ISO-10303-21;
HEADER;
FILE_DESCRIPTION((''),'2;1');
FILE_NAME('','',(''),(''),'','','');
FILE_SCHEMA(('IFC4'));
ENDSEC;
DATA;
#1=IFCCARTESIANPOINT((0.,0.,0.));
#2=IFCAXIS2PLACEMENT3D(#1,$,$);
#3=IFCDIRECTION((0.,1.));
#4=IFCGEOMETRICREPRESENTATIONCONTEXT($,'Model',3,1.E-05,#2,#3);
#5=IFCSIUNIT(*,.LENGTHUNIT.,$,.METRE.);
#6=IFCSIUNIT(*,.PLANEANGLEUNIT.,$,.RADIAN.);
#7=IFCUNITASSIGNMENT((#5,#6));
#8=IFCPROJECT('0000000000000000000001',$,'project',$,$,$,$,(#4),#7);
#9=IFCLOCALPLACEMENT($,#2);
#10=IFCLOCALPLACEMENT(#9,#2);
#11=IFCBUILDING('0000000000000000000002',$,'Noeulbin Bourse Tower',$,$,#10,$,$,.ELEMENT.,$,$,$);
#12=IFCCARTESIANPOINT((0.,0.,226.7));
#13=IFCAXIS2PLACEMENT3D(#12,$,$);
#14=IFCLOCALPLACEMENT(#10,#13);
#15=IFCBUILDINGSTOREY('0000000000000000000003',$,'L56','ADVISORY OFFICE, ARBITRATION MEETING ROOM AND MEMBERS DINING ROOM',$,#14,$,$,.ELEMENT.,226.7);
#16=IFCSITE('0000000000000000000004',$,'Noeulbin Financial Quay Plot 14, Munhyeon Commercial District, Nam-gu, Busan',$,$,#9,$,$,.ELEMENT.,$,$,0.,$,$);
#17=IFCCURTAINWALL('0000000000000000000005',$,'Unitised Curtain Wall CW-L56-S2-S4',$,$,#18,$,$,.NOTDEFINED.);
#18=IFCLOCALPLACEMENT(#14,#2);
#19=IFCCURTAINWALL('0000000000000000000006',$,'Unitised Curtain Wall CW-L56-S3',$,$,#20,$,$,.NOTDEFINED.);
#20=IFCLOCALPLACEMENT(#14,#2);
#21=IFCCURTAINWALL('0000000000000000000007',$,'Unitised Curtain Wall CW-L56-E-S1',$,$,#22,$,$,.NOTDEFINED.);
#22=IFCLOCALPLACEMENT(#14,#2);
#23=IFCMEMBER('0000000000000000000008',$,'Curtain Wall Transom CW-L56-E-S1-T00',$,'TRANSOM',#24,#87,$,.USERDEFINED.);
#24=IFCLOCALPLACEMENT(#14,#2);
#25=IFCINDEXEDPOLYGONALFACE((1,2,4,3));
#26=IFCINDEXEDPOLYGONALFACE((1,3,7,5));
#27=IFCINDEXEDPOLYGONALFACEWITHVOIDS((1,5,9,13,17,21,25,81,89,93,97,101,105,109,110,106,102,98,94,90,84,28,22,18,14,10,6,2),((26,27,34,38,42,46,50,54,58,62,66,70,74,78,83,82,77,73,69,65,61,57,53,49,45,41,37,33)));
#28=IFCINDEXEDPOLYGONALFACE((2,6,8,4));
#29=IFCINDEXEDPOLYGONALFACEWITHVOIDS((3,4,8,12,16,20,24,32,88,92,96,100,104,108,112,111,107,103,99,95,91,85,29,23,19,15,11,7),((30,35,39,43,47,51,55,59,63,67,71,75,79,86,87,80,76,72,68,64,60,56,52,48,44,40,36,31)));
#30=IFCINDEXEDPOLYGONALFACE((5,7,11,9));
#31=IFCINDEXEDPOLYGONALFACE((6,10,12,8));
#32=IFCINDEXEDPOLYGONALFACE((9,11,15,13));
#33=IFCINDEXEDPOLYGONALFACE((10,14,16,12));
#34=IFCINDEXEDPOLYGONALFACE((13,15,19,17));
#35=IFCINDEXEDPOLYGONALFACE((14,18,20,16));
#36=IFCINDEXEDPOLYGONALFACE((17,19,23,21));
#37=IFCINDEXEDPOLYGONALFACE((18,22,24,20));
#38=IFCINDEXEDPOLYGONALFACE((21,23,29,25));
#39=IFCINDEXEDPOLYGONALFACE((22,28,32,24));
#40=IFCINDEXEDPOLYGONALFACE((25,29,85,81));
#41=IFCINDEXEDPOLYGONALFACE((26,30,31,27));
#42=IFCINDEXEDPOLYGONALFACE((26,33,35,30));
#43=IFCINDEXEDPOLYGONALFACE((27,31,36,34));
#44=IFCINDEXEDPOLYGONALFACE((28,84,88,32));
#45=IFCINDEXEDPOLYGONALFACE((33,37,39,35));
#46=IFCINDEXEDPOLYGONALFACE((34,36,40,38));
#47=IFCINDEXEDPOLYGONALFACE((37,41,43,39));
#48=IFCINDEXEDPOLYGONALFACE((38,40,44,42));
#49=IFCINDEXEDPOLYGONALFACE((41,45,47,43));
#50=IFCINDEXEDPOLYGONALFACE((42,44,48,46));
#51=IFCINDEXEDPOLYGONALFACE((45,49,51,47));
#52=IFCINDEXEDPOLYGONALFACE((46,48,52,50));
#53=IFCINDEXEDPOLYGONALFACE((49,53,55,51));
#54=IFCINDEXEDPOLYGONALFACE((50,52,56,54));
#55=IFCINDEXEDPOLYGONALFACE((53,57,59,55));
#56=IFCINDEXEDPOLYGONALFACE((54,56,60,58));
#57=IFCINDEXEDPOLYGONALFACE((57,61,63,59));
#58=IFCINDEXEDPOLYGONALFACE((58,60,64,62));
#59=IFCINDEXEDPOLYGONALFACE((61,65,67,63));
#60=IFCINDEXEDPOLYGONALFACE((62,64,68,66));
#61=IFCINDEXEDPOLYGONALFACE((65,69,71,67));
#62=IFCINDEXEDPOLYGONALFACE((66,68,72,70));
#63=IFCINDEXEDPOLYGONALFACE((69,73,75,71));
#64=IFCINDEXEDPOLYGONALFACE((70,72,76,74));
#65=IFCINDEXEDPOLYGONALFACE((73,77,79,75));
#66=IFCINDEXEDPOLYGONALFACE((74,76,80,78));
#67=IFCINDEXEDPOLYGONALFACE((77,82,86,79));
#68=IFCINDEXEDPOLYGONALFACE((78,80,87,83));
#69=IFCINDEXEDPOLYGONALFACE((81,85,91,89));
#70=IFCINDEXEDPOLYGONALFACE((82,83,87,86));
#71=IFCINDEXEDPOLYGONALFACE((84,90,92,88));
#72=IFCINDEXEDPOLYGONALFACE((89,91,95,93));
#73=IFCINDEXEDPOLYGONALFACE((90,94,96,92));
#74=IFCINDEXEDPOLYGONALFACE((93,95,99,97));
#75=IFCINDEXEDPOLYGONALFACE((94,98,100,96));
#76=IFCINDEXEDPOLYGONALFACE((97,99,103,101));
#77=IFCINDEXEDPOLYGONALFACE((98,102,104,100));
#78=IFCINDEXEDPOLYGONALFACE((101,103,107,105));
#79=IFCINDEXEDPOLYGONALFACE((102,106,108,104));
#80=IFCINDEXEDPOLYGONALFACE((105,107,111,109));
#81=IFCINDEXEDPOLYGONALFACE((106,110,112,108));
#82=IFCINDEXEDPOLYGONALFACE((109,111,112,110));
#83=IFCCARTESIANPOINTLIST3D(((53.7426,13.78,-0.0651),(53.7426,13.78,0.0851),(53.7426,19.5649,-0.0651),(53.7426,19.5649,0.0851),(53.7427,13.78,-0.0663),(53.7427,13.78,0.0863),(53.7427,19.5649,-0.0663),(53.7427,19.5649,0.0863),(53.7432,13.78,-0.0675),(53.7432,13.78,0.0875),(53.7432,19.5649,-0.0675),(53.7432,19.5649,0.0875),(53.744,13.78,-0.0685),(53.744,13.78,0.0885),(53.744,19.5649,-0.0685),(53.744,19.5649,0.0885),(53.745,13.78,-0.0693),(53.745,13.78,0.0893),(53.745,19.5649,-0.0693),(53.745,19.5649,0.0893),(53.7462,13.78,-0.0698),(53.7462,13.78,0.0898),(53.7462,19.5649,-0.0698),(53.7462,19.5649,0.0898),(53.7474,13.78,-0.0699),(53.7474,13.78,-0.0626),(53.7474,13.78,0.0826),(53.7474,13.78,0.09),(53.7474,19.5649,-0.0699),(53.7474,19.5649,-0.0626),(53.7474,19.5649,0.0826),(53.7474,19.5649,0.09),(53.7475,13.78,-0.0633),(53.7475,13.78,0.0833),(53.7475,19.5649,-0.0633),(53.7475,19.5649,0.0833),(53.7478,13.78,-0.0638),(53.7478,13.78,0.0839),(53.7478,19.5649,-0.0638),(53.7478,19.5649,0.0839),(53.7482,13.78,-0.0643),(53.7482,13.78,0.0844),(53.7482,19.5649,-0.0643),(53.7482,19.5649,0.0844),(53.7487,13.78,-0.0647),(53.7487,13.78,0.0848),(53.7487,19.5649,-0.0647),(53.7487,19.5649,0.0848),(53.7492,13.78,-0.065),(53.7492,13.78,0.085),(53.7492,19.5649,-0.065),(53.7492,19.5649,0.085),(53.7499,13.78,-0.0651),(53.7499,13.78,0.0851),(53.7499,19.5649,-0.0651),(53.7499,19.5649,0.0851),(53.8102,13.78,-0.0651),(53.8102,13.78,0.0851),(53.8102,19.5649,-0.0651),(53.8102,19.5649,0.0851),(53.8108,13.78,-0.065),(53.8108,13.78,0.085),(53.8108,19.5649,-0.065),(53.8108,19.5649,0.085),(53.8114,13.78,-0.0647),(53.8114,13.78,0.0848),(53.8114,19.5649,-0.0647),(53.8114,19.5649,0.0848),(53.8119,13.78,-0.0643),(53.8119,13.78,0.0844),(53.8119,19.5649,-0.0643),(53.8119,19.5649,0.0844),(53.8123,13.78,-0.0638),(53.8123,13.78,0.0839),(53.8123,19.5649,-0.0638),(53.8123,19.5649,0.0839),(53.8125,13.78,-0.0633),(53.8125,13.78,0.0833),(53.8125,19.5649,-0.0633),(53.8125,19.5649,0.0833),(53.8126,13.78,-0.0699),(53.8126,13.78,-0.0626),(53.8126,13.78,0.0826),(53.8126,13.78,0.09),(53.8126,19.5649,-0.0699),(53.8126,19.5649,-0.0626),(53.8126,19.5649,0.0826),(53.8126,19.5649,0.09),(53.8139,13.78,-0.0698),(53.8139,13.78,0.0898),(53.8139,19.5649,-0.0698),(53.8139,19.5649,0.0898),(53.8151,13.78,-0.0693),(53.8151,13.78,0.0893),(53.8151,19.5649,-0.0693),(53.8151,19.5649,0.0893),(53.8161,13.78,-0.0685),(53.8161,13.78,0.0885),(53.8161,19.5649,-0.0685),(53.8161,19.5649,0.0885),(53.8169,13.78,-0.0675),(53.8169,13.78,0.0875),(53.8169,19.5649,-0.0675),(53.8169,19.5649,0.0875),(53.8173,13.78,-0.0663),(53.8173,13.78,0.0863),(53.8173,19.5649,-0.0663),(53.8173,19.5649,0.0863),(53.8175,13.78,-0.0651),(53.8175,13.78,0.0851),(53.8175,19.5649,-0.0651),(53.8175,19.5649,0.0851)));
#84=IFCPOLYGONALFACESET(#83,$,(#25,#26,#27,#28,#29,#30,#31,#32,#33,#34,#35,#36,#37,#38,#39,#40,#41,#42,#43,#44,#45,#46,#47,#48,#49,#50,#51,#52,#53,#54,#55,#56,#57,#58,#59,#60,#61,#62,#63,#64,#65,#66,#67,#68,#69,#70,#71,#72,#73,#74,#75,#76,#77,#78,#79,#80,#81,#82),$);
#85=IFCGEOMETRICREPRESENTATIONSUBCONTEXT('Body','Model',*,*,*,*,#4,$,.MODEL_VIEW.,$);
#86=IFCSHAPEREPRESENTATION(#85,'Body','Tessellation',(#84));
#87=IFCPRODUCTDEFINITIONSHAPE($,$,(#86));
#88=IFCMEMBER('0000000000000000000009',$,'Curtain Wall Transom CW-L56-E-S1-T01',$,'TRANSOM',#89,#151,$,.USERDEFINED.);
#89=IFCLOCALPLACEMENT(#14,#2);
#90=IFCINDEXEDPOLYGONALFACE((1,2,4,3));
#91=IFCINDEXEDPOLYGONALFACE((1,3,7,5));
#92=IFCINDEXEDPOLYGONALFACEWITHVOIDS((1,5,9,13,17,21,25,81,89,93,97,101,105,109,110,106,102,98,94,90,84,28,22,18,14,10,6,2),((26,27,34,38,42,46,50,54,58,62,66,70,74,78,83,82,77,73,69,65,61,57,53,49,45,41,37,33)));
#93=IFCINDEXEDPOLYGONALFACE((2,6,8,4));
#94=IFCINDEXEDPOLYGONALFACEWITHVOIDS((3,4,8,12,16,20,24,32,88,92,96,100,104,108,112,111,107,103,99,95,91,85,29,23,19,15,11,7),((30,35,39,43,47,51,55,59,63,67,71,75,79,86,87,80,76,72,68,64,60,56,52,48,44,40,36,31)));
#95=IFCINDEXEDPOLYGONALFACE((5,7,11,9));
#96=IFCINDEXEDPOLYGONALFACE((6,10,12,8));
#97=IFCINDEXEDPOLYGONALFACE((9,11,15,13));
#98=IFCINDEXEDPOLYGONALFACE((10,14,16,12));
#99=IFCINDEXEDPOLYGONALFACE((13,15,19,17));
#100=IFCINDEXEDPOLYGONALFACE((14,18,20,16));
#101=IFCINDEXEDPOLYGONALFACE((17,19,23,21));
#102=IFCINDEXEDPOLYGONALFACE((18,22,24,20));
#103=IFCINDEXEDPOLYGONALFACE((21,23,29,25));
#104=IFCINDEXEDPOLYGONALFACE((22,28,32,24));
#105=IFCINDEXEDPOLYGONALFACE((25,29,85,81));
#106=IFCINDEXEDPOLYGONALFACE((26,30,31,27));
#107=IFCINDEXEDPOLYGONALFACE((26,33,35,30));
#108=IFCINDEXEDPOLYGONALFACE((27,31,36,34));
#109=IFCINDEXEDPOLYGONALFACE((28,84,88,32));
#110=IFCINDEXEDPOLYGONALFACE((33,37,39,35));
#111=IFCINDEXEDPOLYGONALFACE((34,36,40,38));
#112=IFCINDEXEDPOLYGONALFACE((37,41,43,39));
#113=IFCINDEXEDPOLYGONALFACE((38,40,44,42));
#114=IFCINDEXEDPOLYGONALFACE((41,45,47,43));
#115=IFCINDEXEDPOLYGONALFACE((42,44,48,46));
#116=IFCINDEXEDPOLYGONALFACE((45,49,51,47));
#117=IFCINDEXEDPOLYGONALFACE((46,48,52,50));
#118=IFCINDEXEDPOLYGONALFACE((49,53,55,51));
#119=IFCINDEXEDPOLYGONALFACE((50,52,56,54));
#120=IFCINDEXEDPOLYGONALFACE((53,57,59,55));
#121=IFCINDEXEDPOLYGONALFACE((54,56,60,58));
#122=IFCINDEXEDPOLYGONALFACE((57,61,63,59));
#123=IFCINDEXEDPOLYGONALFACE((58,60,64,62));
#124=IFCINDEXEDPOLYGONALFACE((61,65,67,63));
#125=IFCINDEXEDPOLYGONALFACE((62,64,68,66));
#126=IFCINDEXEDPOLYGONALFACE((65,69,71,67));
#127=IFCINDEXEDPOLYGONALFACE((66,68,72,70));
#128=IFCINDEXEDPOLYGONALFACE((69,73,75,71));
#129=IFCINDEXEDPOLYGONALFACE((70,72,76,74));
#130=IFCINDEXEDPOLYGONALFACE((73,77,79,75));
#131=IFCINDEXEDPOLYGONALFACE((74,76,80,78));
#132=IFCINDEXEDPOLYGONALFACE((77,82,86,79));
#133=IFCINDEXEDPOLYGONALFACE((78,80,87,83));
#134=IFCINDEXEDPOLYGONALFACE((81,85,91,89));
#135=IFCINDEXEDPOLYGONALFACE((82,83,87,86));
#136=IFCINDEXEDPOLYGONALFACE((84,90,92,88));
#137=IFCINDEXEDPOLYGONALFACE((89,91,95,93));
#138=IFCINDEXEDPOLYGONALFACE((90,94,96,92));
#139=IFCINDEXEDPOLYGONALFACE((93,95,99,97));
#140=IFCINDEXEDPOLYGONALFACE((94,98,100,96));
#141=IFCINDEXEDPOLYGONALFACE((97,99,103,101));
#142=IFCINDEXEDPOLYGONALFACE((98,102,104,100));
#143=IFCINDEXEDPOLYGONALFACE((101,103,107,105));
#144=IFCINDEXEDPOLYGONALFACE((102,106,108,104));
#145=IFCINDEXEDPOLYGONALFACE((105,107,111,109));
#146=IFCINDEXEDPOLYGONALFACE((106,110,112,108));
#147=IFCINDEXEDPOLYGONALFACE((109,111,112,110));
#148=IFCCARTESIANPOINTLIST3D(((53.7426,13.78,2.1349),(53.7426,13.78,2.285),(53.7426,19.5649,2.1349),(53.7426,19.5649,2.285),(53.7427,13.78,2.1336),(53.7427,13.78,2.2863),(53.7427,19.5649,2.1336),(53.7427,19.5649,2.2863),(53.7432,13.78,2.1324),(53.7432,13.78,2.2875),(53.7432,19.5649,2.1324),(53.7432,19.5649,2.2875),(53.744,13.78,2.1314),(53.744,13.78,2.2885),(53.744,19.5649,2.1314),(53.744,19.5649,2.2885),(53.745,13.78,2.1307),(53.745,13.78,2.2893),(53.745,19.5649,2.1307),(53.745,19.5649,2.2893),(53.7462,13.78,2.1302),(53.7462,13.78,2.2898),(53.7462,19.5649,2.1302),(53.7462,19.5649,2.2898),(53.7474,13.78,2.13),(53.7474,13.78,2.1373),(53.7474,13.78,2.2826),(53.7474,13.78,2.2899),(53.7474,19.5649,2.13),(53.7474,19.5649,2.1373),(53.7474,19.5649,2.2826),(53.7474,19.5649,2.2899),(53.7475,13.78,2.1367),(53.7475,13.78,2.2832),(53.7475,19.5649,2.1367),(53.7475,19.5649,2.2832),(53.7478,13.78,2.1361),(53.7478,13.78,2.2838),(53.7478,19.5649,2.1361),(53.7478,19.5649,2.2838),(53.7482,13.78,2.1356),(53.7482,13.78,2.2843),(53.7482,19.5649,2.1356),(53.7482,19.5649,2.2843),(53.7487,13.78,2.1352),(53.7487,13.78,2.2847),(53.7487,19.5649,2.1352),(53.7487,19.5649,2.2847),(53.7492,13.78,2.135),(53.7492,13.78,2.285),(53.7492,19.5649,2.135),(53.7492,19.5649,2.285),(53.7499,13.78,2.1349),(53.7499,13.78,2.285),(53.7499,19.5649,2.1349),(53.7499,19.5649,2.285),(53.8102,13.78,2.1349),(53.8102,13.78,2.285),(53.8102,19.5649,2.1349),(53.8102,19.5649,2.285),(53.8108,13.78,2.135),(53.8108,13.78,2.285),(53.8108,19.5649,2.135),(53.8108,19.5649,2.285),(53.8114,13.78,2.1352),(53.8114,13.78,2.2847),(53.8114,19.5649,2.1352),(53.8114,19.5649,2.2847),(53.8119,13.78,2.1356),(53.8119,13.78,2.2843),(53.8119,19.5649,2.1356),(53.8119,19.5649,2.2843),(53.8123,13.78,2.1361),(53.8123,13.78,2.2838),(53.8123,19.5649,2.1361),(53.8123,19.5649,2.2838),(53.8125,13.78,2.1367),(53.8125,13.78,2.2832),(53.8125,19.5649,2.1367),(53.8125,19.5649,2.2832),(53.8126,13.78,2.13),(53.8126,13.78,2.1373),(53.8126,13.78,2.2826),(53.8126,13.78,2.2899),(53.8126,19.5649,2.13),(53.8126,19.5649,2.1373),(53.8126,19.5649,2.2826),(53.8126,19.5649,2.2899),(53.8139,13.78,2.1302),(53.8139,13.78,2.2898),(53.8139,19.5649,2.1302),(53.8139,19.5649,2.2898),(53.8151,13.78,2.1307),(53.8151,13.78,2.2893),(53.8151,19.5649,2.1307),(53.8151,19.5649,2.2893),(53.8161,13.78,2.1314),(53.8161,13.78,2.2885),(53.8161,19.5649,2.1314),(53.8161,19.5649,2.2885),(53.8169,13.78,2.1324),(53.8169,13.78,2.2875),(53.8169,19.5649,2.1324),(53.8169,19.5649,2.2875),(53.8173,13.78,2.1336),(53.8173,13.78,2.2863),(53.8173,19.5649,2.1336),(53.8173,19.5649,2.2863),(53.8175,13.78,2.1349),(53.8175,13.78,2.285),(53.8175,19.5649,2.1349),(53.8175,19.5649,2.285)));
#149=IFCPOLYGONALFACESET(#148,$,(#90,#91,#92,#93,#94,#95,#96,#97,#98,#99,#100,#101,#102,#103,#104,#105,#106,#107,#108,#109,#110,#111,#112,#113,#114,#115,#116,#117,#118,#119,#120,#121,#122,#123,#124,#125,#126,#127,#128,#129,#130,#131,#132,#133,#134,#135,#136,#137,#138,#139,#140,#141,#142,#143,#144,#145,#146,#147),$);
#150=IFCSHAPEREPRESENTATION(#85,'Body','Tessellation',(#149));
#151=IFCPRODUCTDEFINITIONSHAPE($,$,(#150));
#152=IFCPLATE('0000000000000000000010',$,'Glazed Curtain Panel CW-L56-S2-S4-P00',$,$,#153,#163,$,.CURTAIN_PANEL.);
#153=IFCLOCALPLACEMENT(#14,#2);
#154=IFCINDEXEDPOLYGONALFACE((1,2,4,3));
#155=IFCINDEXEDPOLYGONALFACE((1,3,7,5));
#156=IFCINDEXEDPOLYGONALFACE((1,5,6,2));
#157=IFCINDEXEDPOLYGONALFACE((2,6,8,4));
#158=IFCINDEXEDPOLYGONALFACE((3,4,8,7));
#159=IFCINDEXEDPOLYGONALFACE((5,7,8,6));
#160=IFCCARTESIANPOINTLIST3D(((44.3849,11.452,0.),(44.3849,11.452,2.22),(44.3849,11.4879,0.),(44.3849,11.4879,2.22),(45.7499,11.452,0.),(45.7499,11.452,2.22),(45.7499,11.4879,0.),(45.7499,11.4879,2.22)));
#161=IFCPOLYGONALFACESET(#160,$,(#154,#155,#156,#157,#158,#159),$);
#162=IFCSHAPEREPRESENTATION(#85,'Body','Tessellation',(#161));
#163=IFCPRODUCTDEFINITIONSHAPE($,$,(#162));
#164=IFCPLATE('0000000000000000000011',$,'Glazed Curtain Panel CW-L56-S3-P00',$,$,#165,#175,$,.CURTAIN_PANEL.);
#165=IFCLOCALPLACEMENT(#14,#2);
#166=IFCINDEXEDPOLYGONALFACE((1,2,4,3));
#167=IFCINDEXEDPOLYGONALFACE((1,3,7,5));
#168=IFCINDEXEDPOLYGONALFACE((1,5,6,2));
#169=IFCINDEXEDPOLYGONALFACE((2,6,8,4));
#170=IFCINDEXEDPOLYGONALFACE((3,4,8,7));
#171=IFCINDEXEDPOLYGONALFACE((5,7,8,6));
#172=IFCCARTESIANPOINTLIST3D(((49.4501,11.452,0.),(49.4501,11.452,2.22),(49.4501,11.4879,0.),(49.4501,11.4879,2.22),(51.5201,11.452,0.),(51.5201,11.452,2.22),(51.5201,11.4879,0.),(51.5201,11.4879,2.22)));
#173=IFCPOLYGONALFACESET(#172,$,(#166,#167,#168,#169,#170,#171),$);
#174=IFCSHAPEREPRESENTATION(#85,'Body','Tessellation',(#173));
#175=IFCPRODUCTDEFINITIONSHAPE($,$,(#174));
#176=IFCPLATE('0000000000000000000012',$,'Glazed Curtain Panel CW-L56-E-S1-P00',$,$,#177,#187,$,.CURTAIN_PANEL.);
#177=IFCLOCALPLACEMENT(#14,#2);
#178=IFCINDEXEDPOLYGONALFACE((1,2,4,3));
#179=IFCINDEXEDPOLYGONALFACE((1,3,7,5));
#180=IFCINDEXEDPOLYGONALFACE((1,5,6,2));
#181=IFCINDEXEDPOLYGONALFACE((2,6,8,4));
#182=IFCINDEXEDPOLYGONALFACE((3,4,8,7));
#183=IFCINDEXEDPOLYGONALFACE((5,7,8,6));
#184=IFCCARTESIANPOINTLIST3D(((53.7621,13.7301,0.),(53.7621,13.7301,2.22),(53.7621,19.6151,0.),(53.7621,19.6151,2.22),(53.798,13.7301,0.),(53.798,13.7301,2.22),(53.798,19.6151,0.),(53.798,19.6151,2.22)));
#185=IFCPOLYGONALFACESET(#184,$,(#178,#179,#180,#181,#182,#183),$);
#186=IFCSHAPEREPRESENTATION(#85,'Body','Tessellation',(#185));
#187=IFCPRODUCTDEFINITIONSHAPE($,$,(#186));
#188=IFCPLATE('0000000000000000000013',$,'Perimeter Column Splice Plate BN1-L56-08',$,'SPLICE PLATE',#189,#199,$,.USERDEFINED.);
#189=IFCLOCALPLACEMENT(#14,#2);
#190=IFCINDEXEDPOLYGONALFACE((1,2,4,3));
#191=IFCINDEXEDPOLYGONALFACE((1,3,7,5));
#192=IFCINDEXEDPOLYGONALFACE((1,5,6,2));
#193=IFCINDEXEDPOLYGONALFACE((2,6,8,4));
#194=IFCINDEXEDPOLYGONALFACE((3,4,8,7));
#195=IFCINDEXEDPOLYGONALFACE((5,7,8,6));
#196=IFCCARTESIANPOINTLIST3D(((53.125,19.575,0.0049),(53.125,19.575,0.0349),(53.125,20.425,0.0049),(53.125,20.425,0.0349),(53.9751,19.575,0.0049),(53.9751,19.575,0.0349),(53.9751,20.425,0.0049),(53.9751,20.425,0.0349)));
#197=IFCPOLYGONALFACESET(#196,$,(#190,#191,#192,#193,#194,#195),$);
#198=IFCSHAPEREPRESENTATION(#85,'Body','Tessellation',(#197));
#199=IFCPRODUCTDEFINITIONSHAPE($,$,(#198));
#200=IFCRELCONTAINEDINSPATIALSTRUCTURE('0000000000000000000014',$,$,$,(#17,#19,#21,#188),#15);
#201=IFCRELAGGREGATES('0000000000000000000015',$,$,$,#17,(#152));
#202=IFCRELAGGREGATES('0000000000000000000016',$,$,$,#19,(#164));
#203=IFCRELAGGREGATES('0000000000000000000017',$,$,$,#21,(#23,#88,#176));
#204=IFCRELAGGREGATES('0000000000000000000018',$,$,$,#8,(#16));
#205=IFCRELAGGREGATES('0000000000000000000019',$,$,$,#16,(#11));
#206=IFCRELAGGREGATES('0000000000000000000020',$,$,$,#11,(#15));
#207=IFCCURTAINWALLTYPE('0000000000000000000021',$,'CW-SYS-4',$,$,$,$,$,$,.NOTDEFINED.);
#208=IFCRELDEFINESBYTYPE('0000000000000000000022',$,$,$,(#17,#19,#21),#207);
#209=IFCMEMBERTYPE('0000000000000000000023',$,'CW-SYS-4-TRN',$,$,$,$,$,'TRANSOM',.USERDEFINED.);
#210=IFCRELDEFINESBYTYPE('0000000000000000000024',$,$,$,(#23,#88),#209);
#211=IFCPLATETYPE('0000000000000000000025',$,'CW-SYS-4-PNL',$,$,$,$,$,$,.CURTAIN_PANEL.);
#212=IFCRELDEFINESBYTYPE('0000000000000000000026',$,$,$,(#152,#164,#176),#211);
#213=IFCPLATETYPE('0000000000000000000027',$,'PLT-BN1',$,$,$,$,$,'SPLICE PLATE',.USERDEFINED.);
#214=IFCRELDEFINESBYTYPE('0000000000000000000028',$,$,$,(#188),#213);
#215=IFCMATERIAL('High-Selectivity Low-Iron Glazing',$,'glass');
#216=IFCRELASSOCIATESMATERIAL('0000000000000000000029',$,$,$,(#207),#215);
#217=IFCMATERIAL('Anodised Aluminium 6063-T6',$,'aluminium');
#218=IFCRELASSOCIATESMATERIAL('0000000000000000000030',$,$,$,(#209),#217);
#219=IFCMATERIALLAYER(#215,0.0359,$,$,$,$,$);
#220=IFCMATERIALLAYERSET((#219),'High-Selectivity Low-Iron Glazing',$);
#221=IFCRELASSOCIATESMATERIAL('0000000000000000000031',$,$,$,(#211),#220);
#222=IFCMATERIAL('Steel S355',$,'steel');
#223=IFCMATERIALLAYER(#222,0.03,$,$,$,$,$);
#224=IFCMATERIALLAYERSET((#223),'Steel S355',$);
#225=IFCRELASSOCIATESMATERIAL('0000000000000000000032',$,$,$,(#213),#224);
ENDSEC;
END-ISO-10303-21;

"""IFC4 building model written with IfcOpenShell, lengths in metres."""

from ifc_helpers import new_model, si_unit, direction, frame, origin, origin_2d, place, context, subcontext, project, spatial, rectangle, hollow_rectangle, extrude, material, layer, layer_set, material_profile, profile_set, type_object, element, aggregate, save


model = new_model("IFC4")

# Units and contexts
model_context = context("Model", 3, precision=1e-05, world=origin(), true_north=direction((0.0, 1.0)))
body_context = subcontext(model_context, "Body", "Model", "MODEL_VIEW")
ifc_project = project(units=[si_unit("LENGTHUNIT", "METRE"), si_unit("PLANEANGLEUNIT", "RADIAN")], contexts=[model_context])

# Site, building, storey
site_placement = place(None, origin())
site = spatial("IfcSite", under=ifc_project, at=site_placement, Name="Noeulbin Financial Quay Plot 14, Munhyeon Commercial District, Nam-gu, Busan", CompositionType="ELEMENT", RefElevation=0.0)
building_placement = place(site_placement, origin())
building = spatial("IfcBuilding", under=site, at=building_placement, Name="Noeulbin Bourse Tower", CompositionType="ELEMENT")
storey_placement = place(building_placement, frame((0.0, 0.0, 226.7)))
storey = spatial("IfcBuildingStorey", under=building, at=storey_placement, Name="L56", Description="ADVISORY OFFICE, ARBITRATION MEETING ROOM AND MEMBERS DINING ROOM", CompositionType="ELEMENT", Elevation=226.7)

# Shared definitions
ifc_material_1 = material(Name="Steel S355", Category="steel")

# Curtain wall
ifc_material_2 = material(Name="High-Selectivity Low-Iron Glazing", Category="glass")
curtain_wall_type = type_object("IfcCurtainWallType", Name="CW-SYS-4", PredefinedType="NOTDEFINED", material=ifc_material_2)
curtain_wall_1_placement = place(storey_placement, origin())
curtain_wall_1 = element("IfcCurtainWall", 1, at=curtain_wall_1_placement, inside=storey, type_object=curtain_wall_type, Name="Unitised Curtain Wall CW-L56-S2-S4", PredefinedType="NOTDEFINED")
ifc_material_3 = material(Name="Anodised Aluminium 6063-T6", Category="aluminium")

# Curtain walls
curtain_wall_2_placement = place(storey_placement, origin())
curtain_wall_2 = element("IfcCurtainWall", 2, at=curtain_wall_2_placement, inside=storey, type_object=curtain_wall_type, Name="Unitised Curtain Wall CW-L56-S3", PredefinedType="NOTDEFINED")
curtain_wall_3_placement = place(storey_placement, origin())
curtain_wall_3 = element("IfcCurtainWall", 3, at=curtain_wall_3_placement, inside=storey, type_object=curtain_wall_type, Name="Unitised Curtain Wall CW-L56-E-S1", PredefinedType="NOTDEFINED")

# Members
ifc_material_profile_1 = material_profile(ifc_material_3, hollow_rectangle(XDim=0.075, YDim=0.1599, WallThickness=0.0049, InnerFilletRadius=0.0024, OuterFilletRadius=0.0049, at=origin_2d()), Name="ALU-TRAN-75x160x5", Category="LoadBearing")
ifc_profile_set_1 = profile_set([ifc_material_profile_1], Name="Anodised Aluminium 6063-T6")
member_type_1 = type_object("IfcMemberType", Name="CW-SYS-4-TRN", ElementType="TRANSOM", PredefinedType="USERDEFINED", material=ifc_profile_set_1)
member_1_placement = place(storey_placement, frame((53.78, 13.78, 0.01), z_axis=(0.0, 1.0, 0.0), x_axis=(-1.0, 0.0, 0.0)))
member_1 = element("IfcMember", 4, at=member_1_placement, type_object=member_type_1, Name="Curtain Wall Transom CW-L56-E-S1-T00", ObjectType="TRANSOM", PredefinedType="USERDEFINED", context=body_context, shape_type="SweptSolid", body=[
    extrude(hollow_rectangle(XDim=0.075, YDim=0.1599, WallThickness=0.0049, InnerFilletRadius=0.0024, OuterFilletRadius=0.0049, at=origin_2d()), origin(), (0.0, 0.0, 1.0), 5.7849),
])
member_2_placement = place(storey_placement, frame((53.78, 13.78, 2.21), z_axis=(0.0, 1.0, 0.0), x_axis=(-1.0, 0.0, 0.0)))
member_2 = element("IfcMember", 5, at=member_2_placement, type_object=member_type_1, Name="Curtain Wall Transom CW-L56-E-S1-T01", ObjectType="TRANSOM", PredefinedType="USERDEFINED", context=body_context, shape_type="SweptSolid", body=[
    extrude(hollow_rectangle(XDim=0.075, YDim=0.1599, WallThickness=0.0049, InnerFilletRadius=0.0024, OuterFilletRadius=0.0049, at=origin_2d()), origin(), (0.0, 0.0, 1.0), 5.7849),
])

# Plates
ifc_layer_1 = layer(ifc_material_2, 0.0359)
ifc_layer_set_1 = layer_set([ifc_layer_1], Name="High-Selectivity Low-Iron Glazing")
plate_type_1 = type_object("IfcPlateType", Name="CW-SYS-4-PNL", PredefinedType="CURTAIN_PANEL", material=ifc_layer_set_1)
plate_1_placement = place(storey_placement, frame((45.0674, 11.47, 0.0), z_axis=(0.0, 0.0, 1.0), x_axis=(1.0, 0.0, 0.0)))
plate_1 = element("IfcPlate", 6, at=plate_1_placement, type_object=plate_type_1, Name="Glazed Curtain Panel CW-L56-S2-S4-P00", PredefinedType="CURTAIN_PANEL", context=body_context, shape_type="SweptSolid", body=[
    extrude(rectangle(XDim=1.365, YDim=0.0359, at=origin_2d()), origin(), (0.0, 0.0, 1.0), 2.22),
])
aggregate(curtain_wall_1, [plate_1])
plate_2_placement = place(storey_placement, frame((50.4851, 11.47, 0.0), z_axis=(0.0, 0.0, 1.0), x_axis=(1.0, 0.0, 0.0)))
plate_2 = element("IfcPlate", 7, at=plate_2_placement, type_object=plate_type_1, Name="Glazed Curtain Panel CW-L56-S3-P00", PredefinedType="CURTAIN_PANEL", context=body_context, shape_type="SweptSolid", body=[
    extrude(rectangle(XDim=2.0701, YDim=0.0359, at=origin_2d()), origin(), (0.0, 0.0, 1.0), 2.22),
])
aggregate(curtain_wall_2, [plate_2])
plate_3_placement = place(storey_placement, frame((53.78, 16.6726, 0.0), z_axis=(0.0, 0.0, 1.0), x_axis=(0.0, 1.0, 0.0)))
plate_3 = element("IfcPlate", 8, at=plate_3_placement, type_object=plate_type_1, Name="Glazed Curtain Panel CW-L56-E-S1-P00", PredefinedType="CURTAIN_PANEL", context=body_context, shape_type="SweptSolid", body=[
    extrude(rectangle(XDim=5.885, YDim=0.0359, at=origin_2d()), origin(), (0.0, 0.0, 1.0), 2.22),
])
aggregate(curtain_wall_3, [member_1, member_2, plate_3])

# Plate
ifc_layer_2 = layer(ifc_material_1, 0.03)
ifc_layer_set_2 = layer_set([ifc_layer_2], Name="Steel S355")
plate_type_2 = type_object("IfcPlateType", Name="PLT-BN1", ElementType="SPLICE PLATE", PredefinedType="USERDEFINED", material=ifc_layer_set_2)
plate_4_placement = place(storey_placement, frame((53.55, 20.0, 0.0049), z_axis=(0.0, 0.0, 1.0), x_axis=(1.0, 0.0, 0.0)))
element("IfcPlate", 9, at=plate_4_placement, inside=storey, type_object=plate_type_2, Name="Perimeter Column Splice Plate BN1-L56-08", ObjectType="SPLICE PLATE", PredefinedType="USERDEFINED", context=body_context, shape_type="SweptSolid", body=[
    extrude(rectangle(XDim=0.8501, YDim=0.8501, at=origin_2d()), origin(), (0.0, 0.0, 1.0), 0.03),
])

save(model, "model.ifc")
